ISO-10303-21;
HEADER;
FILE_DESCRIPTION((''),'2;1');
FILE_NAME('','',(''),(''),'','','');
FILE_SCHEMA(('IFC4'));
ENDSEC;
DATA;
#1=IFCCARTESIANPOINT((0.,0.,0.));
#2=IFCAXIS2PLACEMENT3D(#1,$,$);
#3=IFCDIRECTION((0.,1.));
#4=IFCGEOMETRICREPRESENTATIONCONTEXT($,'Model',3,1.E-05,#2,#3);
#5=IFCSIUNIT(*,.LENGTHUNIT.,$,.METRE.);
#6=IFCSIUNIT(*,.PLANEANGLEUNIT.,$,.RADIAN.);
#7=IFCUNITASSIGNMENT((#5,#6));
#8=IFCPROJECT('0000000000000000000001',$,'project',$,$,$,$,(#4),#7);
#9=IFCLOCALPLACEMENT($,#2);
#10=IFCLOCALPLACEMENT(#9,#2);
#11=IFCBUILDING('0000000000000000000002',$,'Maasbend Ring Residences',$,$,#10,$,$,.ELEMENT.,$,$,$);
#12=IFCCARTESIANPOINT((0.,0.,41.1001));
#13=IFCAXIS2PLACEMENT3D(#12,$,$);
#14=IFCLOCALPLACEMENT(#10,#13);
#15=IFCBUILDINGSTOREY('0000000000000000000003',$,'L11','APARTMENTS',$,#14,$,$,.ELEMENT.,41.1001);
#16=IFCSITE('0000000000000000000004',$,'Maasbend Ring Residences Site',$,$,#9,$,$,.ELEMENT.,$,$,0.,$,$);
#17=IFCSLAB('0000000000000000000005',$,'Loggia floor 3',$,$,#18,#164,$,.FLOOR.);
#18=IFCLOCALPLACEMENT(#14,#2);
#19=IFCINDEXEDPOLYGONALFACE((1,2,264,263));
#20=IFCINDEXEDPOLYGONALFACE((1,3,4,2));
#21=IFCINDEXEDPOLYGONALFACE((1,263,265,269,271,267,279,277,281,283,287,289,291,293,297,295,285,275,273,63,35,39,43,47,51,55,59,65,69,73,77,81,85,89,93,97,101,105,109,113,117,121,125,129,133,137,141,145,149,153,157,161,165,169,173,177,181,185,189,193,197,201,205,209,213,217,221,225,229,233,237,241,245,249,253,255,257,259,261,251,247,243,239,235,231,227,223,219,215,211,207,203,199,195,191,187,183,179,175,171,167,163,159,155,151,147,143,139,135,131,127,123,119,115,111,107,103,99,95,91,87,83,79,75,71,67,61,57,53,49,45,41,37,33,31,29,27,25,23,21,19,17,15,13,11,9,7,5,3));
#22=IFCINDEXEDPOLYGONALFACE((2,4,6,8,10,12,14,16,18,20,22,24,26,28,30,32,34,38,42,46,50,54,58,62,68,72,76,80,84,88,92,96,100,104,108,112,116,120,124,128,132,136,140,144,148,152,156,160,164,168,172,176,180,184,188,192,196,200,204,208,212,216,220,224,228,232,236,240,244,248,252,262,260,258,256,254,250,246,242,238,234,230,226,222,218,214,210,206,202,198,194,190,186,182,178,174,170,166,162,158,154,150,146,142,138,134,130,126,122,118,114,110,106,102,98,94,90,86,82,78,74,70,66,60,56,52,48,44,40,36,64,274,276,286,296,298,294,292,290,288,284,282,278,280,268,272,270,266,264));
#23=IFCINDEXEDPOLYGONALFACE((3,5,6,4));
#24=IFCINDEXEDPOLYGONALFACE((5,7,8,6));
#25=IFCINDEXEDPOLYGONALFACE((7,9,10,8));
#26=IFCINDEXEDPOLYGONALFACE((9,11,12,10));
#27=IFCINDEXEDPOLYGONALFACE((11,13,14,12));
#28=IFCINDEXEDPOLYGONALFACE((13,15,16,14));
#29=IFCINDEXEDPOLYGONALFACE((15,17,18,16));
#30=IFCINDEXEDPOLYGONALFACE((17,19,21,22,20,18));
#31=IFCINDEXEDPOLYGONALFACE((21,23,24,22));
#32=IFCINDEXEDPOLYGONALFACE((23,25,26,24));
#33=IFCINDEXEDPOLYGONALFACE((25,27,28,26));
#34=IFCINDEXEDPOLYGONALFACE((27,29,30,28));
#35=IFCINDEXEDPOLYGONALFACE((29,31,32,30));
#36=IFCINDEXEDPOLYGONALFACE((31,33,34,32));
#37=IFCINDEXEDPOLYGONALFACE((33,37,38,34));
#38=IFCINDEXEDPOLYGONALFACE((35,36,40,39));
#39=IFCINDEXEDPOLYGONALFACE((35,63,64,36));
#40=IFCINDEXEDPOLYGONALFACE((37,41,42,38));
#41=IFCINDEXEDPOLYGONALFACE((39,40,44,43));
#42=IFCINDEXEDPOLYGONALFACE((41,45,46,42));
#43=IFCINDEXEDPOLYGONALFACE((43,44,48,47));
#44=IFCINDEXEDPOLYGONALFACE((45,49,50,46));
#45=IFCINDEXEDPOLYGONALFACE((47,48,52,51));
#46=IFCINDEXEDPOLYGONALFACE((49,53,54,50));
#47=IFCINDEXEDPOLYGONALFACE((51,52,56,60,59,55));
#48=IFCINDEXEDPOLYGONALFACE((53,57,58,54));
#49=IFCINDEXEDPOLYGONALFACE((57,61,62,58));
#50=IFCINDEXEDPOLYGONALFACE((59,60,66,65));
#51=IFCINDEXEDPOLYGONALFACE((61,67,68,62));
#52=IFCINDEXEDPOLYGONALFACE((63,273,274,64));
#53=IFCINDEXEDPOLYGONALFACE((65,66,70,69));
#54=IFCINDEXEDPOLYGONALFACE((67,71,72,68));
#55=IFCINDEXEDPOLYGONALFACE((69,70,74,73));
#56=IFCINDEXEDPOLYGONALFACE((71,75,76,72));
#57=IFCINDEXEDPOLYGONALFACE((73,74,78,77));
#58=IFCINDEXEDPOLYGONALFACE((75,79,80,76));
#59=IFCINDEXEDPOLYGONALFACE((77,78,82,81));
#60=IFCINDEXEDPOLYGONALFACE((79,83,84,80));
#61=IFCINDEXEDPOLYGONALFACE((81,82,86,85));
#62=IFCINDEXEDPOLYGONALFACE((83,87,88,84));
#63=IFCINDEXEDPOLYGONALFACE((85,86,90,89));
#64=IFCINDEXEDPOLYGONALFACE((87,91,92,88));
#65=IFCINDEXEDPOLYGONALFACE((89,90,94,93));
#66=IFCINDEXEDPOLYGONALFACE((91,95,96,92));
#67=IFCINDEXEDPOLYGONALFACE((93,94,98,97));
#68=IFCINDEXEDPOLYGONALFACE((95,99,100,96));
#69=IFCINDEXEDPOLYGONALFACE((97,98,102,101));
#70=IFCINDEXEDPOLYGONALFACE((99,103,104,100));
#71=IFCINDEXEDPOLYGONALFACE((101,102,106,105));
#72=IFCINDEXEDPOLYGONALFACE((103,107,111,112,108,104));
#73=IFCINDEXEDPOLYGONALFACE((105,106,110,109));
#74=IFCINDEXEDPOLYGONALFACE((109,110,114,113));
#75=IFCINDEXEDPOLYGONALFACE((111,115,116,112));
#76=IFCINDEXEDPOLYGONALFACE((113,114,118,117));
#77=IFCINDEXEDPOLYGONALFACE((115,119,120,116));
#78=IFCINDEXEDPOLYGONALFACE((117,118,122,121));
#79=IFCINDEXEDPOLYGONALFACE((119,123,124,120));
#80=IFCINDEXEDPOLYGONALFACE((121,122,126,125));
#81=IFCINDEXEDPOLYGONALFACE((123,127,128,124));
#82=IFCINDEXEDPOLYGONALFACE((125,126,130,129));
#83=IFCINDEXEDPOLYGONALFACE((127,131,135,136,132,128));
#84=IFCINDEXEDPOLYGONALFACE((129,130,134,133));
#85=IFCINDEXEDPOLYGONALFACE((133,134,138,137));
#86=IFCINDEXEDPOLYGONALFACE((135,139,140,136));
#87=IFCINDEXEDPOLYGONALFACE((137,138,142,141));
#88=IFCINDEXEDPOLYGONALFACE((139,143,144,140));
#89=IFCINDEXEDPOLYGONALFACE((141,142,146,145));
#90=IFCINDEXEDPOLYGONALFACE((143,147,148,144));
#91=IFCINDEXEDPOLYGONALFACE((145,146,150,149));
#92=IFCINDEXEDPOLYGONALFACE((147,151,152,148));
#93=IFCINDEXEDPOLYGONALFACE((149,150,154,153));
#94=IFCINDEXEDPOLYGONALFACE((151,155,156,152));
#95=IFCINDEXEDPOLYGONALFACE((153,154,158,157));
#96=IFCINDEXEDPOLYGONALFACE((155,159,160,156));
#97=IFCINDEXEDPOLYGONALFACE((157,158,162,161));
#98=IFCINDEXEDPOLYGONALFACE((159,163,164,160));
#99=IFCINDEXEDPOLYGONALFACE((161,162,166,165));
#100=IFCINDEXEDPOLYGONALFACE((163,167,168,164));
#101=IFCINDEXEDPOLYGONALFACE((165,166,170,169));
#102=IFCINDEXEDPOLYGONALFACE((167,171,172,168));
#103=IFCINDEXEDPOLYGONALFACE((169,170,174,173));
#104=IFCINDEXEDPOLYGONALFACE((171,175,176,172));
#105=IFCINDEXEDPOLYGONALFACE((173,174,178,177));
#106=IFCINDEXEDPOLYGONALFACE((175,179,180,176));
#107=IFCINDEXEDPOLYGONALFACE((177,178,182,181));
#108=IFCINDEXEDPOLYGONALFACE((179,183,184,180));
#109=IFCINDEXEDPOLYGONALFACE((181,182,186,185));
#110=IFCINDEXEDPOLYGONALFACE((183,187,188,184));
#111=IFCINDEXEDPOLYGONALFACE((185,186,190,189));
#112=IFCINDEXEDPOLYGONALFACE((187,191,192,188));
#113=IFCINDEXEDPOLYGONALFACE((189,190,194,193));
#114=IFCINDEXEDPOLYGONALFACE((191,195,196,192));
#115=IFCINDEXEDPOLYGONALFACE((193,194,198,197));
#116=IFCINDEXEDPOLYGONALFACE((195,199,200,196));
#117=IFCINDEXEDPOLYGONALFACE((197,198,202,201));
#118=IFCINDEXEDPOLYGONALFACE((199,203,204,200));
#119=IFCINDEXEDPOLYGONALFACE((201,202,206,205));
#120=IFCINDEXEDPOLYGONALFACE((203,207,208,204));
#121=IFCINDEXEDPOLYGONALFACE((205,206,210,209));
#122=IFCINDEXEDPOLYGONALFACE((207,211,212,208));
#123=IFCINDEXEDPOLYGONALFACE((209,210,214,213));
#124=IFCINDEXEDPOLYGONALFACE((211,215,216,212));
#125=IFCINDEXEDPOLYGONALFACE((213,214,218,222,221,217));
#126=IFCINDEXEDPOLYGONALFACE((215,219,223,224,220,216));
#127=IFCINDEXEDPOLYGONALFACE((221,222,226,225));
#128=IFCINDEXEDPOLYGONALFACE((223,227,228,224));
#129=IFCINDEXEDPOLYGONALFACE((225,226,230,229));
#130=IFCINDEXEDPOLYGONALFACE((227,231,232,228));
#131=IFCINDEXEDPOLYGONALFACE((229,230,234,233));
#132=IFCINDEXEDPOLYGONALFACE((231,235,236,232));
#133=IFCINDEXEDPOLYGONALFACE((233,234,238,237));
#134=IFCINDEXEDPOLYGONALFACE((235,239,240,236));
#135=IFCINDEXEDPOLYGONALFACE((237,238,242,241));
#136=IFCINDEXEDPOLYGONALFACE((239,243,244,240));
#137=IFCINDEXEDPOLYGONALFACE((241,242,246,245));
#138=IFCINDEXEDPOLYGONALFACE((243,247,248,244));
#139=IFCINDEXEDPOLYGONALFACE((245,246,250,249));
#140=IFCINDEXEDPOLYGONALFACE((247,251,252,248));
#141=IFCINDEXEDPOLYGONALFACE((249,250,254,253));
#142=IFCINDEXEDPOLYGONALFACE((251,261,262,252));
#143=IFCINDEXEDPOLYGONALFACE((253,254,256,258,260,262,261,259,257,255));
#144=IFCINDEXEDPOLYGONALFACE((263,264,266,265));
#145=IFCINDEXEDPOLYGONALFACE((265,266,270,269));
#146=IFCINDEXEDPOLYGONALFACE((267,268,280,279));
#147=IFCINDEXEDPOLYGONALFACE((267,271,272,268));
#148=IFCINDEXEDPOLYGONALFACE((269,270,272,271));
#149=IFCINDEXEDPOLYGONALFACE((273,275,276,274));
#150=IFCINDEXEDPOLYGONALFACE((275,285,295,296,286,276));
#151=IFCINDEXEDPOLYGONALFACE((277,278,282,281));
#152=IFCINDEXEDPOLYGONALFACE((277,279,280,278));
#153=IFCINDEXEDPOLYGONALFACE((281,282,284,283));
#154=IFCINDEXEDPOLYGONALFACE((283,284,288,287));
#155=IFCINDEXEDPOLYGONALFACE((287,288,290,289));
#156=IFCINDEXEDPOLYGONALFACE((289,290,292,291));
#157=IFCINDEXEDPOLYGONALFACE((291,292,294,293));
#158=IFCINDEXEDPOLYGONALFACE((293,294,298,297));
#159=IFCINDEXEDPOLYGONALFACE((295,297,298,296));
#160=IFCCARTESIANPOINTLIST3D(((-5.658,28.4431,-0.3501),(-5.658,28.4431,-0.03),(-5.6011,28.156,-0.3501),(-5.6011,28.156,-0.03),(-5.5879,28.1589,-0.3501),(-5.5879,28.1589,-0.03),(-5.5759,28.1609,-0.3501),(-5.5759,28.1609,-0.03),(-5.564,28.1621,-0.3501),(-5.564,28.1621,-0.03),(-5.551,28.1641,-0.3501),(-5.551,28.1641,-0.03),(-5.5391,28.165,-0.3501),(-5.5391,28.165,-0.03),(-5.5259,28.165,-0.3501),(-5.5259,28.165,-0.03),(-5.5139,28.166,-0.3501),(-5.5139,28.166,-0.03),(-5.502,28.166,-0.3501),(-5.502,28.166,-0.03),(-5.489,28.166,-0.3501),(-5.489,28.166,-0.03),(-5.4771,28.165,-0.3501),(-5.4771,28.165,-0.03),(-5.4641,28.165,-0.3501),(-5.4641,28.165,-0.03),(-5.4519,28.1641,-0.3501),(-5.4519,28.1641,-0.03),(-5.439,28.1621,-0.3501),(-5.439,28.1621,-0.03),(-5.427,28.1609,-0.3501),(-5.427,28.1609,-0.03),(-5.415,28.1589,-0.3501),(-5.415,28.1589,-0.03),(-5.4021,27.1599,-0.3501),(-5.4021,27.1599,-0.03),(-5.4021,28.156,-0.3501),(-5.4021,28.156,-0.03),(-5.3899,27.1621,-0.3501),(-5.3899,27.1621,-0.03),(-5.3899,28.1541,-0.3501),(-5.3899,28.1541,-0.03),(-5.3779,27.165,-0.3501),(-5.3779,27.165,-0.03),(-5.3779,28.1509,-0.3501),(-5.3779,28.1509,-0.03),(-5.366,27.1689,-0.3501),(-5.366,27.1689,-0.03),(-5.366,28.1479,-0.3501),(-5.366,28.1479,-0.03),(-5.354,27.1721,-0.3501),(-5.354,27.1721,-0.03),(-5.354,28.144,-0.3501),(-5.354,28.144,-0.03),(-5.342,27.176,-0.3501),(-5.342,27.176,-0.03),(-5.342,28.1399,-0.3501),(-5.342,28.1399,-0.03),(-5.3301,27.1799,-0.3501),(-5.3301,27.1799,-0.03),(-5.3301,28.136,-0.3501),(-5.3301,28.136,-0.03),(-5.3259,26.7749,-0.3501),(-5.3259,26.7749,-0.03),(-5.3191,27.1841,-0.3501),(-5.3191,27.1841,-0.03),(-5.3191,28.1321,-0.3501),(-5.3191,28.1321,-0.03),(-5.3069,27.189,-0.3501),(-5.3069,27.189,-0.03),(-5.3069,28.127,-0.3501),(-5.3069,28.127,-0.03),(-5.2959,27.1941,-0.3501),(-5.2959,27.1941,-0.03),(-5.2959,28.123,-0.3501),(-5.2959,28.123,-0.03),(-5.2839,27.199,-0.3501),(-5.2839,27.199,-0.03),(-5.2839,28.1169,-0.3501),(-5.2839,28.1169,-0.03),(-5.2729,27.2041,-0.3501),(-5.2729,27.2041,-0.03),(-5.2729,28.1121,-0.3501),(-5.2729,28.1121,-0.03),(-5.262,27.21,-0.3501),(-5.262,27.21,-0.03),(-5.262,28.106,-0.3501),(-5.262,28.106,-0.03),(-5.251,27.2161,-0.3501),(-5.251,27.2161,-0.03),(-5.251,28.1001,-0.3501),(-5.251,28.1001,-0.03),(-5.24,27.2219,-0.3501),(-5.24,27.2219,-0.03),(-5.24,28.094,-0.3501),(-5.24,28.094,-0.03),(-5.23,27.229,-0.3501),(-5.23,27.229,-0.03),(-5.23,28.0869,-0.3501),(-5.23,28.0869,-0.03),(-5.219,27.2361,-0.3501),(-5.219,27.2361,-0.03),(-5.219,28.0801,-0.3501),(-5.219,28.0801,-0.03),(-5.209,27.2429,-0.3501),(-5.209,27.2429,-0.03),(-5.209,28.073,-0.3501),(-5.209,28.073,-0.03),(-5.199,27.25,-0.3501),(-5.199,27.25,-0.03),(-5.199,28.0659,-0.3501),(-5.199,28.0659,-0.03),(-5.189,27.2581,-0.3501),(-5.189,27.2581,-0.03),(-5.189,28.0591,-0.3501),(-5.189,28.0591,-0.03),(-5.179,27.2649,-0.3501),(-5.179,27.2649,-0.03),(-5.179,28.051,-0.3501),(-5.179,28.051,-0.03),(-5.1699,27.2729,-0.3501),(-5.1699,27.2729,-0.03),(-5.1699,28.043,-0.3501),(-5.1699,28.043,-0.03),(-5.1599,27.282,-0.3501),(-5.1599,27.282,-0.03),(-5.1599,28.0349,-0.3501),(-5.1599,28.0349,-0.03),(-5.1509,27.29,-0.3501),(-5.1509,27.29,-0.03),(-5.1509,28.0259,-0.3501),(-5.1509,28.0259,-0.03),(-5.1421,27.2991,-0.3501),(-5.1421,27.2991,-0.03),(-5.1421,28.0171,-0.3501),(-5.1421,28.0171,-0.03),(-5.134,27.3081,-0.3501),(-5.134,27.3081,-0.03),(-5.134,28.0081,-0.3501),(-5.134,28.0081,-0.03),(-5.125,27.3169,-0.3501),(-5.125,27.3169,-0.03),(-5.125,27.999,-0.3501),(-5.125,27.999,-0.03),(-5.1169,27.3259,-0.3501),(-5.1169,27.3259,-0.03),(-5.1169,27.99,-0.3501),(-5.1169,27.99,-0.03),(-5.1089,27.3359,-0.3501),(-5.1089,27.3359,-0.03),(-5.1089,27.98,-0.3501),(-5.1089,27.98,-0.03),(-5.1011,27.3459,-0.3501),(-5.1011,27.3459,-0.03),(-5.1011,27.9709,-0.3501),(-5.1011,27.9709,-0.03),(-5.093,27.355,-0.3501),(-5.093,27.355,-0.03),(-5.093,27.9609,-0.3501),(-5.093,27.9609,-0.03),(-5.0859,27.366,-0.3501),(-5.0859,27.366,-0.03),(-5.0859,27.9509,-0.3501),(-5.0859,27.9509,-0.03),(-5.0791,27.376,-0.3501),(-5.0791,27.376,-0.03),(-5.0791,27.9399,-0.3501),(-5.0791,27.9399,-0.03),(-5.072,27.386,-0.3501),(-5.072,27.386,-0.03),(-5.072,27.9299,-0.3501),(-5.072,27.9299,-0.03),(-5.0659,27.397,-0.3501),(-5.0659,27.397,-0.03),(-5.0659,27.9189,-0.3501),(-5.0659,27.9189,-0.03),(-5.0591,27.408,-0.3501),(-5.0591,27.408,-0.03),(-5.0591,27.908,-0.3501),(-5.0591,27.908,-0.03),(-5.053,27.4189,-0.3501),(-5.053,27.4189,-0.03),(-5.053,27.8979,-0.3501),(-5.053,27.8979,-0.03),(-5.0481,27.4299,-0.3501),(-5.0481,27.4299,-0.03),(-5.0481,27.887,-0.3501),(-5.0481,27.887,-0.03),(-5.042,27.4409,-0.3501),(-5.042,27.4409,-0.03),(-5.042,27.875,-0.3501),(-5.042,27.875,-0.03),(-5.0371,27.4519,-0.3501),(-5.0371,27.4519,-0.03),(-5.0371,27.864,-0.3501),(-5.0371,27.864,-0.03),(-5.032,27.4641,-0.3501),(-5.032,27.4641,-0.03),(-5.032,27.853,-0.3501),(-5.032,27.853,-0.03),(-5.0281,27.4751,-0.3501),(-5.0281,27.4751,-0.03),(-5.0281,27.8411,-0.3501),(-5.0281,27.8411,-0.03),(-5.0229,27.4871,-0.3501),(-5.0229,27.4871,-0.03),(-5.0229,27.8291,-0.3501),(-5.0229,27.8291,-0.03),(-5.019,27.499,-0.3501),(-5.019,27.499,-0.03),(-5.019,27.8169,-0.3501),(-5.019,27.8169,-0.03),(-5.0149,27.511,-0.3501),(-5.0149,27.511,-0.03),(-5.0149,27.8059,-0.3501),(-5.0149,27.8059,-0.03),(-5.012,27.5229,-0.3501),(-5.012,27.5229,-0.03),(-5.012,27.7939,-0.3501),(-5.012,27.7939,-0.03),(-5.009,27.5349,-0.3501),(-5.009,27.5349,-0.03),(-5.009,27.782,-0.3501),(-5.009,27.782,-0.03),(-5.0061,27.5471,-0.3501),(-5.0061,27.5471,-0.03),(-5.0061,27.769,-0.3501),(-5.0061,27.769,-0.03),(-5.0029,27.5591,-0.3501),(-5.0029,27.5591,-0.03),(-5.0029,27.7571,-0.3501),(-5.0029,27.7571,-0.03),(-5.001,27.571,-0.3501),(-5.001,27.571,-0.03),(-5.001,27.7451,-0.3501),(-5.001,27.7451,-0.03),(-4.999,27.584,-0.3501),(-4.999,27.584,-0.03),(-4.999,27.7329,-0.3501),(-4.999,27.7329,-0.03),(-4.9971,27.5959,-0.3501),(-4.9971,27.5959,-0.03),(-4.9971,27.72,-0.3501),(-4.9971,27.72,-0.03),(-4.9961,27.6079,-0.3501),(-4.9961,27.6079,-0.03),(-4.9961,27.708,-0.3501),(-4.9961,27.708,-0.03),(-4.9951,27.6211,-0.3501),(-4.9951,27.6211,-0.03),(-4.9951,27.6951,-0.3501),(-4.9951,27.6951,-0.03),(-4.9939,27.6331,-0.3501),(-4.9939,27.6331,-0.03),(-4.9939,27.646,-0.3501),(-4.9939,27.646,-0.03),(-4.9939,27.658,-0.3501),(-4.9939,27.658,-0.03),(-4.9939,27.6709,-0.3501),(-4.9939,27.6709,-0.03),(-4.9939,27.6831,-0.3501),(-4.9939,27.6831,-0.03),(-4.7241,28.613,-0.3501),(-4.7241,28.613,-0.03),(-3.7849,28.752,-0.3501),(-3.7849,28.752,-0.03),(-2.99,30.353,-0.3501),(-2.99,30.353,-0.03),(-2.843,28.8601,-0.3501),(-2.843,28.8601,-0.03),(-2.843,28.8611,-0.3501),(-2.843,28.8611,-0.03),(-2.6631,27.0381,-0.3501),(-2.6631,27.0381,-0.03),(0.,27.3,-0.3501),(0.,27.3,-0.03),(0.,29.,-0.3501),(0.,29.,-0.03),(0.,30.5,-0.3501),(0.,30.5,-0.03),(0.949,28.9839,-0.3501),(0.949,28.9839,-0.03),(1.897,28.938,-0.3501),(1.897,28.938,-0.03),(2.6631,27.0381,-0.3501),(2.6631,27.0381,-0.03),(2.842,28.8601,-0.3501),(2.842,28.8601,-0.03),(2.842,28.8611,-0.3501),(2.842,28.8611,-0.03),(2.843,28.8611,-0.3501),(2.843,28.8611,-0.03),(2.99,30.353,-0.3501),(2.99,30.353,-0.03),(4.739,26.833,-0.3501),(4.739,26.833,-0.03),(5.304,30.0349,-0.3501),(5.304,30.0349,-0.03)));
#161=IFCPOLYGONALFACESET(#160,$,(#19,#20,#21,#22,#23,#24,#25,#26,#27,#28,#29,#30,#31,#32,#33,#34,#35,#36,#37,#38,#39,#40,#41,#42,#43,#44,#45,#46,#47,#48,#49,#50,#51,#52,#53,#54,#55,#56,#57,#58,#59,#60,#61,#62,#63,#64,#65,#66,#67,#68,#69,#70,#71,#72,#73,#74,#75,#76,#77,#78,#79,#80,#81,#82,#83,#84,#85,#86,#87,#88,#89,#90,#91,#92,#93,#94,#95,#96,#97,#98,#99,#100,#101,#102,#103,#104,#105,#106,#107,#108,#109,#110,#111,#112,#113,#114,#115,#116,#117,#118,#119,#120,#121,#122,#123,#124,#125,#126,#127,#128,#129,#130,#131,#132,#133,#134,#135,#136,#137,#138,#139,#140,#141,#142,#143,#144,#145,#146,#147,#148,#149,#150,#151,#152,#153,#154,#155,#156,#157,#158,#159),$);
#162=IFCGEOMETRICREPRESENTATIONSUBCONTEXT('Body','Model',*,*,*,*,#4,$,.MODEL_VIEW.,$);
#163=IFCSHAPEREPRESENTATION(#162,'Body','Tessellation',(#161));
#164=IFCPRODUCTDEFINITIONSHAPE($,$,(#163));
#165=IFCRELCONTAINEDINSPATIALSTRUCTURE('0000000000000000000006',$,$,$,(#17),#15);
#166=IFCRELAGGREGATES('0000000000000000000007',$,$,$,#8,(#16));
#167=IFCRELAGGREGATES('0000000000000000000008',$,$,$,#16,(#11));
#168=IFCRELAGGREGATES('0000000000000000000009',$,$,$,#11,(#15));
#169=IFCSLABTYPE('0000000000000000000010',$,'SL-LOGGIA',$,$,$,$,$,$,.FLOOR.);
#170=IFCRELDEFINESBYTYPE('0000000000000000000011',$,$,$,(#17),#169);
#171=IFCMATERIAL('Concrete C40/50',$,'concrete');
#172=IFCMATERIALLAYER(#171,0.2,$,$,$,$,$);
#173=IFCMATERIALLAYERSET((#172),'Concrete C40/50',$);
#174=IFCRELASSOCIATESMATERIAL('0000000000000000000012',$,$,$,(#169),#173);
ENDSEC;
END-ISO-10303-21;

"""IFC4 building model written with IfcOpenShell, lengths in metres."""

from ifc_helpers import new_model, si_unit, direction, frame, origin, place, context, subcontext, project, spatial, polyline, outline, extrude, material, layer, layer_set, type_object, element, save


model = new_model("IFC4")

# Units and contexts
model_context = context("Model", 3, precision=1e-05, world=origin(), true_north=direction((0.0, 1.0)))
body_context = subcontext(model_context, "Body", "Model", "MODEL_VIEW")
ifc_project = project(units=[si_unit("LENGTHUNIT", "METRE"), si_unit("PLANEANGLEUNIT", "RADIAN")], contexts=[model_context])

# Site, building, storey
site_placement = place(None, origin())
site = spatial("IfcSite", under=ifc_project, at=site_placement, Name="Maasbend Ring Residences Site", CompositionType="ELEMENT", RefElevation=0.0)
building_placement = place(site_placement, origin())
building = spatial("IfcBuilding", under=site, at=building_placement, Name="Maasbend Ring Residences", CompositionType="ELEMENT")
storey_placement = place(building_placement, frame((0.0, 0.0, 41.1001)))
storey = spatial("IfcBuildingStorey", under=building, at=storey_placement, Name="L11", Description="APARTMENTS", CompositionType="ELEMENT", Elevation=41.1001)

# Slab
ifc_material_1 = material(Name="Concrete C40/50", Category="concrete")
ifc_layer_1 = layer(ifc_material_1, 0.2)
ifc_layer_set_1 = layer_set([ifc_layer_1], Name="Concrete C40/50")
slab_type_1 = type_object("IfcSlabType", Name="SL-LOGGIA", PredefinedType="FLOOR", material=ifc_layer_set_1)
slab_1_placement = place(storey_placement, frame((0.0, 0.0, -0.3501)))
element("IfcSlab", 1, at=slab_1_placement, inside=storey, type_object=slab_type_1, Name="Loggia floor 3", PredefinedType="FLOOR", context=body_context, shape_type="SweptSolid", body=[
    extrude(outline(polyline([(-3.7849, 28.752), (-2.843, 28.8601), (-2.843, 28.8601), (-2.843, 28.8601), (-2.843, 28.8601), (-2.843, 28.8601), (-2.843, 28.8601), (-2.843, 28.8601), (-2.843, 28.8601), (-2.843, 28.8601), (-2.843, 28.8611), (-2.843, 28.8611), (-2.843, 28.8611), (-2.843, 28.8611), (-2.843, 28.8611), (-2.843, 28.8611), (-2.843, 28.8611), (-2.843, 28.8611), (-2.99, 30.353), (-2.99, 30.353), (-2.99, 30.353), (0.0, 30.5), (0.0, 30.5), (0.0, 30.5), (0.0, 29.0), (0.0, 29.0), (0.0, 29.0), (0.0, 29.0), (0.0, 29.0), (0.0, 29.0), (0.0, 29.0), (0.0, 29.0), (0.0, 29.0), (0.0, 29.0), (0.0, 29.0), (0.0, 29.0), (0.0, 29.0), (0.0, 29.0), (0.0, 29.0), (0.0, 29.0), (0.0, 29.0), (0.949, 28.9839), (0.949, 28.9839), (1.897, 28.938), (1.897, 28.938), (2.842, 28.8601), (2.842, 28.8601), (2.842, 28.8601), (2.842, 28.8601), (2.842, 28.8601), (2.842, 28.8601), (2.842, 28.8601), (2.842, 28.8601), (2.842, 28.8611), (2.842, 28.8611), (2.842, 28.8611), (2.842, 28.8611), (2.842, 28.8611), (2.843, 28.8611), (2.843, 28.8611), (2.843, 28.8611), (2.843, 28.8611), (2.99, 30.353), (2.99, 30.353), (2.99, 30.353), (5.304, 30.0349), (5.304, 30.0349), (5.304, 30.0349), (4.739, 26.833), (4.739, 26.833), (4.739, 26.833), (2.6631, 27.0381), (0.0, 27.3), (0.0, 27.3), (0.0, 27.3), (-2.6631, 27.0381), (-5.3259, 26.7749), (-5.3259, 26.7749), (-5.3259, 26.7749), (-5.4021, 27.1599), (-5.4021, 27.1599), (-5.3899, 27.1621), (-5.3779, 27.165), (-5.366, 27.1689), (-5.354, 27.1721), (-5.342, 27.176), (-5.3301, 27.1799), (-5.3191, 27.1841), (-5.3069, 27.189), (-5.2959, 27.1941), (-5.2839, 27.199), (-5.2729, 27.2041), (-5.262, 27.21), (-5.251, 27.2161), (-5.24, 27.2219), (-5.23, 27.229), (-5.219, 27.2361), (-5.209, 27.2429), (-5.199, 27.25), (-5.189, 27.2581), (-5.179, 27.2649), (-5.1699, 27.2729), (-5.1599, 27.282), (-5.1509, 27.29), (-5.1421, 27.2991), (-5.134, 27.3081), (-5.125, 27.3169), (-5.1169, 27.3259), (-5.1089, 27.3359), (-5.1011, 27.3459), (-5.093, 27.355), (-5.0859, 27.366), (-5.0791, 27.376), (-5.072, 27.386), (-5.0659, 27.397), (-5.0591, 27.408), (-5.053, 27.4189), (-5.0481, 27.4299), (-5.042, 27.4409), (-5.0371, 27.4519), (-5.032, 27.4641), (-5.0281, 27.4751), (-5.0229, 27.4871), (-5.019, 27.499), (-5.0149, 27.511), (-5.012, 27.5229), (-5.009, 27.5349), (-5.0061, 27.5471), (-5.0029, 27.5591), (-5.001, 27.571), (-4.999, 27.584), (-4.9971, 27.5959), (-4.9961, 27.6079), (-4.9951, 27.6211), (-4.9939, 27.6331), (-4.9939, 27.646), (-4.9939, 27.658), (-4.9939, 27.6709), (-4.9939, 27.6831), (-4.9951, 27.6951), (-4.9961, 27.708), (-4.9971, 27.72), (-4.999, 27.7329), (-5.001, 27.7451), (-5.0029, 27.7571), (-5.0061, 27.769), (-5.009, 27.782), (-5.012, 27.7939), (-5.0149, 27.8059), (-5.019, 27.8169), (-5.0229, 27.8291), (-5.0281, 27.8411), (-5.032, 27.853), (-5.0371, 27.864), (-5.042, 27.875), (-5.0481, 27.887), (-5.053, 27.8979), (-5.0591, 27.908), (-5.0659, 27.9189), (-5.072, 27.9299), (-5.0791, 27.9399), (-5.0859, 27.9509), (-5.093, 27.9609), (-5.1011, 27.9709), (-5.1089, 27.98), (-5.1169, 27.99), (-5.125, 27.999), (-5.134, 28.0081), (-5.1421, 28.0171), (-5.1509, 28.0259), (-5.1599, 28.0349), (-5.1699, 28.043), (-5.179, 28.051), (-5.189, 28.0591), (-5.199, 28.0659), (-5.209, 28.073), (-5.219, 28.0801), (-5.23, 28.0869), (-5.24, 28.094), (-5.251, 28.1001), (-5.262, 28.106), (-5.2729, 28.1121), (-5.2839, 28.1169), (-5.2959, 28.123), (-5.3069, 28.127), (-5.3191, 28.1321), (-5.3301, 28.136), (-5.342, 28.1399), (-5.354, 28.144), (-5.366, 28.1479), (-5.3779, 28.1509), (-5.3899, 28.1541), (-5.4021, 28.156), (-5.415, 28.1589), (-5.427, 28.1609), (-5.439, 28.1621), (-5.4519, 28.1641), (-5.4641, 28.165), (-5.4771, 28.165), (-5.489, 28.166), (-5.502, 28.166), (-5.5139, 28.166), (-5.5259, 28.165), (-5.5391, 28.165), (-5.551, 28.1641), (-5.564, 28.1621), (-5.5759, 28.1609), (-5.5879, 28.1589), (-5.6011, 28.156), (-5.6011, 28.156), (-5.658, 28.4431), (-5.658, 28.4431), (-5.658, 28.4431), (-4.7241, 28.613), (-4.7241, 28.613), (-3.7849, 28.752), (-3.7849, 28.752)])), origin(), (0.0, 0.0, 1.0), 0.3201),
])

save(model, "model.ifc")
